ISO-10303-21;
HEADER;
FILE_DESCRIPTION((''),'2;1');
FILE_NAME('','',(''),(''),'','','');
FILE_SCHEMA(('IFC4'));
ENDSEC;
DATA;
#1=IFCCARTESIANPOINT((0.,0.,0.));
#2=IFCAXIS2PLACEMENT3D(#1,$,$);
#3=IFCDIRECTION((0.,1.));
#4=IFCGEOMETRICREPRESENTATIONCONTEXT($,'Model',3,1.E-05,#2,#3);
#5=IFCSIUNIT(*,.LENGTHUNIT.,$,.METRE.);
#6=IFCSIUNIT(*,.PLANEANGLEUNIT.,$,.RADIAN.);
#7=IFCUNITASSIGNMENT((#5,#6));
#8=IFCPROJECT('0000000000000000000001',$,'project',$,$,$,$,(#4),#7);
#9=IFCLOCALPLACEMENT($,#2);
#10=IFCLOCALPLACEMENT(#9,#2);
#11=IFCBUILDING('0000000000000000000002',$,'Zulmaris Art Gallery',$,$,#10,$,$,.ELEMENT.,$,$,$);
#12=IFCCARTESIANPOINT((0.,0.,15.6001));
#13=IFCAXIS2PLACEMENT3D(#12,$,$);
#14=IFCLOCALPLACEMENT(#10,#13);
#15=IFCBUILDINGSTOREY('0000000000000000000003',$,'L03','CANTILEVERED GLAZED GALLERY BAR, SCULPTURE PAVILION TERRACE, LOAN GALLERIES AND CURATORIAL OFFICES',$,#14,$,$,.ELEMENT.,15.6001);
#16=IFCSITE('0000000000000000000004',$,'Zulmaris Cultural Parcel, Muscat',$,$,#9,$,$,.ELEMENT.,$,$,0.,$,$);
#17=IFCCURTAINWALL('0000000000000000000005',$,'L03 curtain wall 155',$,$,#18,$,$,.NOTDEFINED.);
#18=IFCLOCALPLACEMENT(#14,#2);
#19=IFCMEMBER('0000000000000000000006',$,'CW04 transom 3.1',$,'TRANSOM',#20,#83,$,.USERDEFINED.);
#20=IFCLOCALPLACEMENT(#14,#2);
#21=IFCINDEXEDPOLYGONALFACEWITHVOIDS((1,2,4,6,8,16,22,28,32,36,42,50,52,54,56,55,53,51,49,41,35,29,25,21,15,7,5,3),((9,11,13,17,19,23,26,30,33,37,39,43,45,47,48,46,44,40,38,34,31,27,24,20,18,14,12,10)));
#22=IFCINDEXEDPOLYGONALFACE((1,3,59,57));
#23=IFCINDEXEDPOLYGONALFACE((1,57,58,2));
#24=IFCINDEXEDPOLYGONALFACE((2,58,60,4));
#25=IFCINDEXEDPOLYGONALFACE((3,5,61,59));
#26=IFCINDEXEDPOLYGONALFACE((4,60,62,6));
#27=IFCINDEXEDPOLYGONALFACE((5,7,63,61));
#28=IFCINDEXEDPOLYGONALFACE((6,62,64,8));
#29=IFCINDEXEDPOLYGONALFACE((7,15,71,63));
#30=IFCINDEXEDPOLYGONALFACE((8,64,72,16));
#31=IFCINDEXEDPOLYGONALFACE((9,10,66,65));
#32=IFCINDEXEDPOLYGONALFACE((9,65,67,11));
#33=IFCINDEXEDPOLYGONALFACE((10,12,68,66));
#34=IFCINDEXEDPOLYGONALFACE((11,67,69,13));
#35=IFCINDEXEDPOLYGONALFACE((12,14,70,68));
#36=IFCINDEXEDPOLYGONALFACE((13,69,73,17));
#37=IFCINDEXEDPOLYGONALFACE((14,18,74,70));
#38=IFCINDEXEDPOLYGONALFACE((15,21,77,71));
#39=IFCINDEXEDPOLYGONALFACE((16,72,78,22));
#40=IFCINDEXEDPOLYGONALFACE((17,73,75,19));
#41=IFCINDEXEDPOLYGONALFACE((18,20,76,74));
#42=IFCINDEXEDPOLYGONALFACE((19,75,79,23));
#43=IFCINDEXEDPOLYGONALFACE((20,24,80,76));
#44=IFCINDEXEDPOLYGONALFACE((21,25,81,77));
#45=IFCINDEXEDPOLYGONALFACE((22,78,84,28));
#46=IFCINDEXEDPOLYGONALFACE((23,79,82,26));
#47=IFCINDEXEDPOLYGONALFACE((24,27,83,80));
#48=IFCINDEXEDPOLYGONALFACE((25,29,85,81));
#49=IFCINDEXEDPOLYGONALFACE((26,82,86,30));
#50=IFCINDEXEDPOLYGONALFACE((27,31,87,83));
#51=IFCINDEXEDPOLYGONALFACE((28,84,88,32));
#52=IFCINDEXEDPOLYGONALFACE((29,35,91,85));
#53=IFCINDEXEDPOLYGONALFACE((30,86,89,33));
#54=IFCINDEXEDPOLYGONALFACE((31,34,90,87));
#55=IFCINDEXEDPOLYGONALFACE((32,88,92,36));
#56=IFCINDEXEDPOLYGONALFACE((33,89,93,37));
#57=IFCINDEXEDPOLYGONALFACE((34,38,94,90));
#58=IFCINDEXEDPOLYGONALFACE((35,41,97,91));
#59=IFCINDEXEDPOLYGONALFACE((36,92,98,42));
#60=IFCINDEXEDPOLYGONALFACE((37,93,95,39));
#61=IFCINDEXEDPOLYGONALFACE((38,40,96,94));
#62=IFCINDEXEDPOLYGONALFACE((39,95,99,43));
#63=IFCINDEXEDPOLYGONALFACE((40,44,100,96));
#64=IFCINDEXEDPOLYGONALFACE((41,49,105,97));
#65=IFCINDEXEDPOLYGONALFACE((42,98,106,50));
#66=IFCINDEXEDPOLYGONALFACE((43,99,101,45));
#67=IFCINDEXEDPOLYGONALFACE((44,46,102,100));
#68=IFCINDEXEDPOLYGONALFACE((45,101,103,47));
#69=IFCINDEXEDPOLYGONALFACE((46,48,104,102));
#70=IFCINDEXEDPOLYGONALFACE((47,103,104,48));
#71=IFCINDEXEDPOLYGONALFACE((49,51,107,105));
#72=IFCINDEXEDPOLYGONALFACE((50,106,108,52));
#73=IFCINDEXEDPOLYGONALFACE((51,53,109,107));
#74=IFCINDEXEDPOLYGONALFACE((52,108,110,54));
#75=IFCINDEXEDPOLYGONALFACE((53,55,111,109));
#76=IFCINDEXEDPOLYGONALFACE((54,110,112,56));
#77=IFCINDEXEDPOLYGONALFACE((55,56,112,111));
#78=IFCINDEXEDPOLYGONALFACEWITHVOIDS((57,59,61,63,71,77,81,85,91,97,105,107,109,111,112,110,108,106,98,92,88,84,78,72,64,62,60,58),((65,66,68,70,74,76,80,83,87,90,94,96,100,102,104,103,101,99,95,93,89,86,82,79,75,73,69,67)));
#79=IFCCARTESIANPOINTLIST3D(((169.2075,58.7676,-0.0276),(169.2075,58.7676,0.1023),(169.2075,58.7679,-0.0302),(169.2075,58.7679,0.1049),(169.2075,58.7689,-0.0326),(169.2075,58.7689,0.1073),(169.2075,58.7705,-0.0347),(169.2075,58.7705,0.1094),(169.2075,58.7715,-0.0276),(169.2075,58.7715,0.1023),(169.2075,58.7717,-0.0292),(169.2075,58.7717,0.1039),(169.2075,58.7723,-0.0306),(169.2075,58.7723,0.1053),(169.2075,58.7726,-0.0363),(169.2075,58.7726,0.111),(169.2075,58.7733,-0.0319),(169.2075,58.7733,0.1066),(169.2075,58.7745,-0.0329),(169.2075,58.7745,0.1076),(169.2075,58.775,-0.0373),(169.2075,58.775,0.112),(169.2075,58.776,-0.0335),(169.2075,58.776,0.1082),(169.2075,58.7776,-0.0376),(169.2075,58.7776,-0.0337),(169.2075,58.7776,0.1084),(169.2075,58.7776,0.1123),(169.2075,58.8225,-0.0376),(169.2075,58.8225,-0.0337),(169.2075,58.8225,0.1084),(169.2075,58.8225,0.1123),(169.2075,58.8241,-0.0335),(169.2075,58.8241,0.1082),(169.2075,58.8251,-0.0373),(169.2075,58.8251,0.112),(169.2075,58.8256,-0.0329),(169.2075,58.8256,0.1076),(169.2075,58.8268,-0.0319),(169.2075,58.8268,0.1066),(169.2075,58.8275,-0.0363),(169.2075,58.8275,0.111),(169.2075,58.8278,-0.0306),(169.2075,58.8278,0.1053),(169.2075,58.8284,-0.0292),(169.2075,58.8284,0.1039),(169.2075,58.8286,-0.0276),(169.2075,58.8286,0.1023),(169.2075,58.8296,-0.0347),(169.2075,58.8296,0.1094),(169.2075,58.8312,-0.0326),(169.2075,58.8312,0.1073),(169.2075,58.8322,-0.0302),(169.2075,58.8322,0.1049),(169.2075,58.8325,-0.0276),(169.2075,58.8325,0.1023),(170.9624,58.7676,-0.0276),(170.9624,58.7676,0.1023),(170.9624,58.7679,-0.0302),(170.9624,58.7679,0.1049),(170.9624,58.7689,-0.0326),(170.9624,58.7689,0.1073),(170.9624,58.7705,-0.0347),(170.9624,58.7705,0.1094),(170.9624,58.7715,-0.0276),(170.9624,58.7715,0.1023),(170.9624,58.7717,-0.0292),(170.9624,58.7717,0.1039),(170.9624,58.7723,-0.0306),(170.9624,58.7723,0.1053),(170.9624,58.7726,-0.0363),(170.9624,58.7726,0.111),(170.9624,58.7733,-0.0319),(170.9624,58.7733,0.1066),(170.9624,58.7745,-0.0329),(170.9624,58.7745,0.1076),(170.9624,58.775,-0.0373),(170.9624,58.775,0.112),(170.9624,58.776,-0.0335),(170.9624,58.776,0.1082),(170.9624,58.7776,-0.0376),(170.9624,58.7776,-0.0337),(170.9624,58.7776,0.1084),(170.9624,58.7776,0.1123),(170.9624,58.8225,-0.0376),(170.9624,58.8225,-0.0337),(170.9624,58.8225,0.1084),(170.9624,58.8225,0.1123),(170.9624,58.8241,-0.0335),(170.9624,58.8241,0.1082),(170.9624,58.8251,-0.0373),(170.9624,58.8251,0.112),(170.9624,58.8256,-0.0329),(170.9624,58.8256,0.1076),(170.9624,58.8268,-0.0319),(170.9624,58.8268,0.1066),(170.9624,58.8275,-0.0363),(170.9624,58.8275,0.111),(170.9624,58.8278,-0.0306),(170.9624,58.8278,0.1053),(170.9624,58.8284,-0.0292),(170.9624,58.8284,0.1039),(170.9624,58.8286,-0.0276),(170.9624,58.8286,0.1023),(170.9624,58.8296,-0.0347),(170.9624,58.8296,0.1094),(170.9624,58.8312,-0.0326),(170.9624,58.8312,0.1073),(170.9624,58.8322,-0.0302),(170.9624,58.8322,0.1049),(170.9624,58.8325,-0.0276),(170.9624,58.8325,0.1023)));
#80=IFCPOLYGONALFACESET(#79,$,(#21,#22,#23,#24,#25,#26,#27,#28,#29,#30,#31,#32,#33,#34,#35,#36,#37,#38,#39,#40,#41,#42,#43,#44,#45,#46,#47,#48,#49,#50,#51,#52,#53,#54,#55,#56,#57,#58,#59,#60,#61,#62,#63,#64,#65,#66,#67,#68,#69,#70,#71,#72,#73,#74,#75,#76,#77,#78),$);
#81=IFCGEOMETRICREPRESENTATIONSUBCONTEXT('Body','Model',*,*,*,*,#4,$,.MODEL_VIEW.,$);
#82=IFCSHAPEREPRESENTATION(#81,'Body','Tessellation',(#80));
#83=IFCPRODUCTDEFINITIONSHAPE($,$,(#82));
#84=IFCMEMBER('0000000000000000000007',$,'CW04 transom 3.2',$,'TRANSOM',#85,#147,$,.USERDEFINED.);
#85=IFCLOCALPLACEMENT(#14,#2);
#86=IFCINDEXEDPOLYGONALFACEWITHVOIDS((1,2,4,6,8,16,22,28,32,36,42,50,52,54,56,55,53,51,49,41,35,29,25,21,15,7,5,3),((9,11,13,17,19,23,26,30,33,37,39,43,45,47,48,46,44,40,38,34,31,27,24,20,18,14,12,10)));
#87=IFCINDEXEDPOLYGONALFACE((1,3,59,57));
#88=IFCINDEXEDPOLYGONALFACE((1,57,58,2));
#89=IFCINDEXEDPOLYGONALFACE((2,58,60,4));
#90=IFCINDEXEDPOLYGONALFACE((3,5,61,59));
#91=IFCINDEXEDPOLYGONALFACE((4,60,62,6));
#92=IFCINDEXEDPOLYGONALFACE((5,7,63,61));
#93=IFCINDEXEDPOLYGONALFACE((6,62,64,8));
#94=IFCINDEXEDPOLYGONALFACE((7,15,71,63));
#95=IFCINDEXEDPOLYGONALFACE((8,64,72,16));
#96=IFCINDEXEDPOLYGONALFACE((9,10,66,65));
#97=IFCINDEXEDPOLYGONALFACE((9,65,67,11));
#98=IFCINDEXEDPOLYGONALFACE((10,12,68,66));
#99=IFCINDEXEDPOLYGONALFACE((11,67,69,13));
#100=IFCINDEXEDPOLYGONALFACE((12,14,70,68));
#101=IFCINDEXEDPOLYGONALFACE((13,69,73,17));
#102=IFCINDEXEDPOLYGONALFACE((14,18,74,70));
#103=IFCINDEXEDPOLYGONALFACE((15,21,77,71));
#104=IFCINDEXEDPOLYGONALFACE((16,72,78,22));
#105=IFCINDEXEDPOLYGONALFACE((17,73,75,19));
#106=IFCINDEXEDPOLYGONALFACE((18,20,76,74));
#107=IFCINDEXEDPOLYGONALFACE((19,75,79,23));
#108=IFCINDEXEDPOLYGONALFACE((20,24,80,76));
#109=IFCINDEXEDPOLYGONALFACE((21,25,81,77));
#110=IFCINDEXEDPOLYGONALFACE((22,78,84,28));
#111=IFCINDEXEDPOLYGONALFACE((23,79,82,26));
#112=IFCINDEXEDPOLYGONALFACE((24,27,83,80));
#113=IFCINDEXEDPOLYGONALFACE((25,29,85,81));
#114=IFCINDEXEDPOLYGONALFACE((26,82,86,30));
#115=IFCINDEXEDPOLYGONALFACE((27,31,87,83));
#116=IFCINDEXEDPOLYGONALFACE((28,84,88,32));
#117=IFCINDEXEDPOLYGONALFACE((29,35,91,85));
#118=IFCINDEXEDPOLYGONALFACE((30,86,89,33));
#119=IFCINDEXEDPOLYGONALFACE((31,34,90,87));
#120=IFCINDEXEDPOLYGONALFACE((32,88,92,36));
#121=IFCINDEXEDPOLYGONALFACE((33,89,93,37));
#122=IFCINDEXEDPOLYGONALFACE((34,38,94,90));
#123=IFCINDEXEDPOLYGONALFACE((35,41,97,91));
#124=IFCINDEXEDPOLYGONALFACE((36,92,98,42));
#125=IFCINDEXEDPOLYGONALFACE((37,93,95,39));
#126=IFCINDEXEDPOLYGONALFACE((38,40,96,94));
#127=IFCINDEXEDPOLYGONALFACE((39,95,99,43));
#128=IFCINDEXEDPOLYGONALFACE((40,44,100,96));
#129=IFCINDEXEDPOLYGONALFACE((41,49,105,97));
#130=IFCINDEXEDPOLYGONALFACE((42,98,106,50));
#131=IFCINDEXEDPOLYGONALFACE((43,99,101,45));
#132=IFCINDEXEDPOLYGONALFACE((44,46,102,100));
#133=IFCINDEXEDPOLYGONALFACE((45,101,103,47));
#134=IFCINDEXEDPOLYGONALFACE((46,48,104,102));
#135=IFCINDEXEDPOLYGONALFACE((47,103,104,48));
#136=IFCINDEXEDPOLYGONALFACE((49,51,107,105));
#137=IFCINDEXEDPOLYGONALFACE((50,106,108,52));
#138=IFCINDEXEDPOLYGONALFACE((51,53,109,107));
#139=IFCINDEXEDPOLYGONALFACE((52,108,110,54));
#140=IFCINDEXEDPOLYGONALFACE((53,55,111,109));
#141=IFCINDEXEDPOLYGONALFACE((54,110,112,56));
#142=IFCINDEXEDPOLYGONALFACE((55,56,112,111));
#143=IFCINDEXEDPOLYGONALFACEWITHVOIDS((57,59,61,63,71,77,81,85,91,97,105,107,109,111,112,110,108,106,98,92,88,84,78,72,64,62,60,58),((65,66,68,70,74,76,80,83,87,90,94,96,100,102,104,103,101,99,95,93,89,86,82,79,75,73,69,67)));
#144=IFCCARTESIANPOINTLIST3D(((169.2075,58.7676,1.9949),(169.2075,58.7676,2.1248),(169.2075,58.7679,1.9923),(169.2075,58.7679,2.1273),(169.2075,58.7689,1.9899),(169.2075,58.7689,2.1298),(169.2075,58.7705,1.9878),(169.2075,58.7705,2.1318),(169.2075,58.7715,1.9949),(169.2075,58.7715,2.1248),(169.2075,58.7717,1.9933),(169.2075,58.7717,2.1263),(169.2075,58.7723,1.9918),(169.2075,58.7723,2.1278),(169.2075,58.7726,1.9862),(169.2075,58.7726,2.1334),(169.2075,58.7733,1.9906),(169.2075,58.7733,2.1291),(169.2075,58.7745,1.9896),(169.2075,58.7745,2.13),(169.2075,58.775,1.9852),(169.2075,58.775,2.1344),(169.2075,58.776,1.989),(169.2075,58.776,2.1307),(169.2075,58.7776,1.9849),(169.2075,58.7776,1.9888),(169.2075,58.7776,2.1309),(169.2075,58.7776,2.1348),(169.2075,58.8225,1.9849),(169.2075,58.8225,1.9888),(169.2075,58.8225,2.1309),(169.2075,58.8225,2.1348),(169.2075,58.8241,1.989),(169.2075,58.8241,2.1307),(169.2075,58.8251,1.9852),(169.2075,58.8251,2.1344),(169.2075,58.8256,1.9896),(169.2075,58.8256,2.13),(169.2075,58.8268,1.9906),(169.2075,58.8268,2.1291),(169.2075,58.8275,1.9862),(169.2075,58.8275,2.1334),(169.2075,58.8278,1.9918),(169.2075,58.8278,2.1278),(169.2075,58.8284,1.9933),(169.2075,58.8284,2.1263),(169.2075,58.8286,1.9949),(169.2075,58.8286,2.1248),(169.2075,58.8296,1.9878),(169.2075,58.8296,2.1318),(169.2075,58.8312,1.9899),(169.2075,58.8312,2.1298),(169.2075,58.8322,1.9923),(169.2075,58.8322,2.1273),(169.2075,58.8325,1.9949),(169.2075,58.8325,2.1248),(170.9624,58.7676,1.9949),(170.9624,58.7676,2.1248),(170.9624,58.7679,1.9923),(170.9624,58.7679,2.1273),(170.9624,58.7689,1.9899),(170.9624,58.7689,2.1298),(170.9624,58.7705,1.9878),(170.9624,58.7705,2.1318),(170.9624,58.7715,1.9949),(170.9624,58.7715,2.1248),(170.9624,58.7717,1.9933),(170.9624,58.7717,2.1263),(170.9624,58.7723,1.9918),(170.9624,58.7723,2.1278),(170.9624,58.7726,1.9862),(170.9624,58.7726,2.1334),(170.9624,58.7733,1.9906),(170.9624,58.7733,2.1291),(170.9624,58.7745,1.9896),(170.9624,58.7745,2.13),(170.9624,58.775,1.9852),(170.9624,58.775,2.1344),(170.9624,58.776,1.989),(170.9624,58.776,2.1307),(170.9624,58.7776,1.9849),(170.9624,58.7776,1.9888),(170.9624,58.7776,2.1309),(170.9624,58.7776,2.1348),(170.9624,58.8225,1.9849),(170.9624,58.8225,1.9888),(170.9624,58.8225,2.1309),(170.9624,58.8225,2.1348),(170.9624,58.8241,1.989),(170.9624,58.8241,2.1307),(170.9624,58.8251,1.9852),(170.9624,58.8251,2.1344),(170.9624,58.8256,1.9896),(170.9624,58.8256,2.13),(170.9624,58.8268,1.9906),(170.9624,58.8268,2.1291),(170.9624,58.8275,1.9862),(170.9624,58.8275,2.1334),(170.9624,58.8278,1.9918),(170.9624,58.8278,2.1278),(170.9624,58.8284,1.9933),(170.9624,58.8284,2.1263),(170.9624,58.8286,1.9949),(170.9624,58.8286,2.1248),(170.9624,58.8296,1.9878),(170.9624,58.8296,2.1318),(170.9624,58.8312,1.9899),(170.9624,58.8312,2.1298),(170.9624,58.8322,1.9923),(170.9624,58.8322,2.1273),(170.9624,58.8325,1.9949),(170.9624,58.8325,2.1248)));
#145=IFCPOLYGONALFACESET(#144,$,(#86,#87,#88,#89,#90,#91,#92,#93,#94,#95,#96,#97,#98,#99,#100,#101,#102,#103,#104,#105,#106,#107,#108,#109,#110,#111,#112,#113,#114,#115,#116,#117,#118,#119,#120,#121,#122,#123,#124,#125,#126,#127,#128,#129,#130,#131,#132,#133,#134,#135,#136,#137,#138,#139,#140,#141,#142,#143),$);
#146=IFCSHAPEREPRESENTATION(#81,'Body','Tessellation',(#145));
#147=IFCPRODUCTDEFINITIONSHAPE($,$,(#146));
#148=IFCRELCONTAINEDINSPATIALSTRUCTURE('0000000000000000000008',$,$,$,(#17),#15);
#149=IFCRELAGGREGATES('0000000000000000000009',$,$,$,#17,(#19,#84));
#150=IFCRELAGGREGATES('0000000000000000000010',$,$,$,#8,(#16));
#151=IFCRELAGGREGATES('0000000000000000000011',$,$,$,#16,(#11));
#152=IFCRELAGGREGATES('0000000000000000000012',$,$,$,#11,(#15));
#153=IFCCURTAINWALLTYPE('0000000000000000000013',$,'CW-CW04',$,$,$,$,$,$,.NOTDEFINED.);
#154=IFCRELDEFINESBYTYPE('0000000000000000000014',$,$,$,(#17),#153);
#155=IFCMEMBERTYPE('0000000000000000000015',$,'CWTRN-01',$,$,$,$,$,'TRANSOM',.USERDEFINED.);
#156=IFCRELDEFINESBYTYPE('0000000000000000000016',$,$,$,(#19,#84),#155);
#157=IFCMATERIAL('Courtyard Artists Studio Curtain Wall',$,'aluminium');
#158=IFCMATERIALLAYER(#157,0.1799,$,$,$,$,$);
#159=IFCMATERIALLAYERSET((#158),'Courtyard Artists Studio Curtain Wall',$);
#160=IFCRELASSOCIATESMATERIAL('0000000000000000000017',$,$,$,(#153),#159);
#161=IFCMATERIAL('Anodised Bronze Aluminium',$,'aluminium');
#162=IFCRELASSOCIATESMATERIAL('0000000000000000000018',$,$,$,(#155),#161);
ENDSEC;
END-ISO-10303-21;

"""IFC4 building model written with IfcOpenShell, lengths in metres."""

from ifc_helpers import new_model, si_unit, direction, frame, origin, origin_2d, place, context, subcontext, project, spatial, hollow_rectangle, extrude, material, layer, layer_set, material_profile, profile_set, type_object, element, aggregate, save


model = new_model("IFC4")

# Units and contexts
model_context = context("Model", 3, precision=1e-05, world=origin(), true_north=direction((0.0, 1.0)))
body_context = subcontext(model_context, "Body", "Model", "MODEL_VIEW")
ifc_project = project(units=[si_unit("LENGTHUNIT", "METRE"), si_unit("PLANEANGLEUNIT", "RADIAN")], contexts=[model_context])

# Site, building, storey
site_placement = place(None, origin())
site = spatial("IfcSite", under=ifc_project, at=site_placement, Name="Zulmaris Cultural Parcel, Muscat", CompositionType="ELEMENT", RefElevation=0.0)
building_placement = place(site_placement, origin())
building = spatial("IfcBuilding", under=site, at=building_placement, Name="Zulmaris Art Gallery", CompositionType="ELEMENT")
storey_placement = place(building_placement, frame((0.0, 0.0, 15.6001)))
storey = spatial("IfcBuildingStorey", under=building, at=storey_placement, Name="L03", Description="CANTILEVERED GLAZED GALLERY BAR, SCULPTURE PAVILION TERRACE, LOAN GALLERIES AND CURATORIAL OFFICES", CompositionType="ELEMENT", Elevation=15.6001)

# Curtain wall
ifc_material_1 = material(Name="Courtyard Artists Studio Curtain Wall", Category="aluminium")
ifc_layer_1 = layer(ifc_material_1, 0.1799)
ifc_layer_set_1 = layer_set([ifc_layer_1], Name="Courtyard Artists Studio Curtain Wall")
curtain_wall_type = type_object("IfcCurtainWallType", Name="CW-CW04", PredefinedType="NOTDEFINED", material=ifc_layer_set_1)
curtain_wall_1_placement = place(storey_placement, origin())
curtain_wall_1 = element("IfcCurtainWall", 1, at=curtain_wall_1_placement, inside=storey, type_object=curtain_wall_type, Name="L03 curtain wall 155", PredefinedType="NOTDEFINED")
ifc_material_2 = material(Name="Anodised Bronze Aluminium", Category="aluminium")

# Members
ifc_material_profile_1 = material_profile(ifc_material_2, hollow_rectangle(XDim=0.0649, YDim=0.1499, WallThickness=0.0039, InnerFilletRadius=0.0061, OuterFilletRadius=0.01, at=origin_2d()), Name="ALU 65x150x4")
ifc_profile_set_1 = profile_set([ifc_material_profile_1], Name="Anodised Bronze Aluminium")
member_type_1 = type_object("IfcMemberType", Name="CWTRN-01", ElementType="TRANSOM", PredefinedType="USERDEFINED", material=ifc_profile_set_1)
member_1_placement = place(storey_placement, frame((170.9624, 58.8, 0.0374), z_axis=(-1.0, 0.0, 0.0), x_axis=(0.0, -1.0, 0.0)))
member_1 = element("IfcMember", 2, at=member_1_placement, type_object=member_type_1, Name="CW04 transom 3.1", ObjectType="TRANSOM", PredefinedType="USERDEFINED", context=body_context, shape_type="SweptSolid", body=[
    extrude(hollow_rectangle(XDim=0.0649, YDim=0.1499, WallThickness=0.0039, InnerFilletRadius=0.0061, OuterFilletRadius=0.01, at=origin_2d()), origin(), (0.0, 0.0, 1.0), 1.7549),
])
member_2_placement = place(storey_placement, frame((170.9624, 58.8, 2.0598), z_axis=(-1.0, 0.0, 0.0), x_axis=(0.0, -1.0, 0.0)))
member_2 = element("IfcMember", 3, at=member_2_placement, type_object=member_type_1, Name="CW04 transom 3.2", ObjectType="TRANSOM", PredefinedType="USERDEFINED", context=body_context, shape_type="SweptSolid", body=[
    extrude(hollow_rectangle(XDim=0.0649, YDim=0.1499, WallThickness=0.0039, InnerFilletRadius=0.0061, OuterFilletRadius=0.01, at=origin_2d()), origin(), (0.0, 0.0, 1.0), 1.7549),
])

aggregate(curtain_wall_1, [member_1, member_2])

save(model, "model.ifc")
